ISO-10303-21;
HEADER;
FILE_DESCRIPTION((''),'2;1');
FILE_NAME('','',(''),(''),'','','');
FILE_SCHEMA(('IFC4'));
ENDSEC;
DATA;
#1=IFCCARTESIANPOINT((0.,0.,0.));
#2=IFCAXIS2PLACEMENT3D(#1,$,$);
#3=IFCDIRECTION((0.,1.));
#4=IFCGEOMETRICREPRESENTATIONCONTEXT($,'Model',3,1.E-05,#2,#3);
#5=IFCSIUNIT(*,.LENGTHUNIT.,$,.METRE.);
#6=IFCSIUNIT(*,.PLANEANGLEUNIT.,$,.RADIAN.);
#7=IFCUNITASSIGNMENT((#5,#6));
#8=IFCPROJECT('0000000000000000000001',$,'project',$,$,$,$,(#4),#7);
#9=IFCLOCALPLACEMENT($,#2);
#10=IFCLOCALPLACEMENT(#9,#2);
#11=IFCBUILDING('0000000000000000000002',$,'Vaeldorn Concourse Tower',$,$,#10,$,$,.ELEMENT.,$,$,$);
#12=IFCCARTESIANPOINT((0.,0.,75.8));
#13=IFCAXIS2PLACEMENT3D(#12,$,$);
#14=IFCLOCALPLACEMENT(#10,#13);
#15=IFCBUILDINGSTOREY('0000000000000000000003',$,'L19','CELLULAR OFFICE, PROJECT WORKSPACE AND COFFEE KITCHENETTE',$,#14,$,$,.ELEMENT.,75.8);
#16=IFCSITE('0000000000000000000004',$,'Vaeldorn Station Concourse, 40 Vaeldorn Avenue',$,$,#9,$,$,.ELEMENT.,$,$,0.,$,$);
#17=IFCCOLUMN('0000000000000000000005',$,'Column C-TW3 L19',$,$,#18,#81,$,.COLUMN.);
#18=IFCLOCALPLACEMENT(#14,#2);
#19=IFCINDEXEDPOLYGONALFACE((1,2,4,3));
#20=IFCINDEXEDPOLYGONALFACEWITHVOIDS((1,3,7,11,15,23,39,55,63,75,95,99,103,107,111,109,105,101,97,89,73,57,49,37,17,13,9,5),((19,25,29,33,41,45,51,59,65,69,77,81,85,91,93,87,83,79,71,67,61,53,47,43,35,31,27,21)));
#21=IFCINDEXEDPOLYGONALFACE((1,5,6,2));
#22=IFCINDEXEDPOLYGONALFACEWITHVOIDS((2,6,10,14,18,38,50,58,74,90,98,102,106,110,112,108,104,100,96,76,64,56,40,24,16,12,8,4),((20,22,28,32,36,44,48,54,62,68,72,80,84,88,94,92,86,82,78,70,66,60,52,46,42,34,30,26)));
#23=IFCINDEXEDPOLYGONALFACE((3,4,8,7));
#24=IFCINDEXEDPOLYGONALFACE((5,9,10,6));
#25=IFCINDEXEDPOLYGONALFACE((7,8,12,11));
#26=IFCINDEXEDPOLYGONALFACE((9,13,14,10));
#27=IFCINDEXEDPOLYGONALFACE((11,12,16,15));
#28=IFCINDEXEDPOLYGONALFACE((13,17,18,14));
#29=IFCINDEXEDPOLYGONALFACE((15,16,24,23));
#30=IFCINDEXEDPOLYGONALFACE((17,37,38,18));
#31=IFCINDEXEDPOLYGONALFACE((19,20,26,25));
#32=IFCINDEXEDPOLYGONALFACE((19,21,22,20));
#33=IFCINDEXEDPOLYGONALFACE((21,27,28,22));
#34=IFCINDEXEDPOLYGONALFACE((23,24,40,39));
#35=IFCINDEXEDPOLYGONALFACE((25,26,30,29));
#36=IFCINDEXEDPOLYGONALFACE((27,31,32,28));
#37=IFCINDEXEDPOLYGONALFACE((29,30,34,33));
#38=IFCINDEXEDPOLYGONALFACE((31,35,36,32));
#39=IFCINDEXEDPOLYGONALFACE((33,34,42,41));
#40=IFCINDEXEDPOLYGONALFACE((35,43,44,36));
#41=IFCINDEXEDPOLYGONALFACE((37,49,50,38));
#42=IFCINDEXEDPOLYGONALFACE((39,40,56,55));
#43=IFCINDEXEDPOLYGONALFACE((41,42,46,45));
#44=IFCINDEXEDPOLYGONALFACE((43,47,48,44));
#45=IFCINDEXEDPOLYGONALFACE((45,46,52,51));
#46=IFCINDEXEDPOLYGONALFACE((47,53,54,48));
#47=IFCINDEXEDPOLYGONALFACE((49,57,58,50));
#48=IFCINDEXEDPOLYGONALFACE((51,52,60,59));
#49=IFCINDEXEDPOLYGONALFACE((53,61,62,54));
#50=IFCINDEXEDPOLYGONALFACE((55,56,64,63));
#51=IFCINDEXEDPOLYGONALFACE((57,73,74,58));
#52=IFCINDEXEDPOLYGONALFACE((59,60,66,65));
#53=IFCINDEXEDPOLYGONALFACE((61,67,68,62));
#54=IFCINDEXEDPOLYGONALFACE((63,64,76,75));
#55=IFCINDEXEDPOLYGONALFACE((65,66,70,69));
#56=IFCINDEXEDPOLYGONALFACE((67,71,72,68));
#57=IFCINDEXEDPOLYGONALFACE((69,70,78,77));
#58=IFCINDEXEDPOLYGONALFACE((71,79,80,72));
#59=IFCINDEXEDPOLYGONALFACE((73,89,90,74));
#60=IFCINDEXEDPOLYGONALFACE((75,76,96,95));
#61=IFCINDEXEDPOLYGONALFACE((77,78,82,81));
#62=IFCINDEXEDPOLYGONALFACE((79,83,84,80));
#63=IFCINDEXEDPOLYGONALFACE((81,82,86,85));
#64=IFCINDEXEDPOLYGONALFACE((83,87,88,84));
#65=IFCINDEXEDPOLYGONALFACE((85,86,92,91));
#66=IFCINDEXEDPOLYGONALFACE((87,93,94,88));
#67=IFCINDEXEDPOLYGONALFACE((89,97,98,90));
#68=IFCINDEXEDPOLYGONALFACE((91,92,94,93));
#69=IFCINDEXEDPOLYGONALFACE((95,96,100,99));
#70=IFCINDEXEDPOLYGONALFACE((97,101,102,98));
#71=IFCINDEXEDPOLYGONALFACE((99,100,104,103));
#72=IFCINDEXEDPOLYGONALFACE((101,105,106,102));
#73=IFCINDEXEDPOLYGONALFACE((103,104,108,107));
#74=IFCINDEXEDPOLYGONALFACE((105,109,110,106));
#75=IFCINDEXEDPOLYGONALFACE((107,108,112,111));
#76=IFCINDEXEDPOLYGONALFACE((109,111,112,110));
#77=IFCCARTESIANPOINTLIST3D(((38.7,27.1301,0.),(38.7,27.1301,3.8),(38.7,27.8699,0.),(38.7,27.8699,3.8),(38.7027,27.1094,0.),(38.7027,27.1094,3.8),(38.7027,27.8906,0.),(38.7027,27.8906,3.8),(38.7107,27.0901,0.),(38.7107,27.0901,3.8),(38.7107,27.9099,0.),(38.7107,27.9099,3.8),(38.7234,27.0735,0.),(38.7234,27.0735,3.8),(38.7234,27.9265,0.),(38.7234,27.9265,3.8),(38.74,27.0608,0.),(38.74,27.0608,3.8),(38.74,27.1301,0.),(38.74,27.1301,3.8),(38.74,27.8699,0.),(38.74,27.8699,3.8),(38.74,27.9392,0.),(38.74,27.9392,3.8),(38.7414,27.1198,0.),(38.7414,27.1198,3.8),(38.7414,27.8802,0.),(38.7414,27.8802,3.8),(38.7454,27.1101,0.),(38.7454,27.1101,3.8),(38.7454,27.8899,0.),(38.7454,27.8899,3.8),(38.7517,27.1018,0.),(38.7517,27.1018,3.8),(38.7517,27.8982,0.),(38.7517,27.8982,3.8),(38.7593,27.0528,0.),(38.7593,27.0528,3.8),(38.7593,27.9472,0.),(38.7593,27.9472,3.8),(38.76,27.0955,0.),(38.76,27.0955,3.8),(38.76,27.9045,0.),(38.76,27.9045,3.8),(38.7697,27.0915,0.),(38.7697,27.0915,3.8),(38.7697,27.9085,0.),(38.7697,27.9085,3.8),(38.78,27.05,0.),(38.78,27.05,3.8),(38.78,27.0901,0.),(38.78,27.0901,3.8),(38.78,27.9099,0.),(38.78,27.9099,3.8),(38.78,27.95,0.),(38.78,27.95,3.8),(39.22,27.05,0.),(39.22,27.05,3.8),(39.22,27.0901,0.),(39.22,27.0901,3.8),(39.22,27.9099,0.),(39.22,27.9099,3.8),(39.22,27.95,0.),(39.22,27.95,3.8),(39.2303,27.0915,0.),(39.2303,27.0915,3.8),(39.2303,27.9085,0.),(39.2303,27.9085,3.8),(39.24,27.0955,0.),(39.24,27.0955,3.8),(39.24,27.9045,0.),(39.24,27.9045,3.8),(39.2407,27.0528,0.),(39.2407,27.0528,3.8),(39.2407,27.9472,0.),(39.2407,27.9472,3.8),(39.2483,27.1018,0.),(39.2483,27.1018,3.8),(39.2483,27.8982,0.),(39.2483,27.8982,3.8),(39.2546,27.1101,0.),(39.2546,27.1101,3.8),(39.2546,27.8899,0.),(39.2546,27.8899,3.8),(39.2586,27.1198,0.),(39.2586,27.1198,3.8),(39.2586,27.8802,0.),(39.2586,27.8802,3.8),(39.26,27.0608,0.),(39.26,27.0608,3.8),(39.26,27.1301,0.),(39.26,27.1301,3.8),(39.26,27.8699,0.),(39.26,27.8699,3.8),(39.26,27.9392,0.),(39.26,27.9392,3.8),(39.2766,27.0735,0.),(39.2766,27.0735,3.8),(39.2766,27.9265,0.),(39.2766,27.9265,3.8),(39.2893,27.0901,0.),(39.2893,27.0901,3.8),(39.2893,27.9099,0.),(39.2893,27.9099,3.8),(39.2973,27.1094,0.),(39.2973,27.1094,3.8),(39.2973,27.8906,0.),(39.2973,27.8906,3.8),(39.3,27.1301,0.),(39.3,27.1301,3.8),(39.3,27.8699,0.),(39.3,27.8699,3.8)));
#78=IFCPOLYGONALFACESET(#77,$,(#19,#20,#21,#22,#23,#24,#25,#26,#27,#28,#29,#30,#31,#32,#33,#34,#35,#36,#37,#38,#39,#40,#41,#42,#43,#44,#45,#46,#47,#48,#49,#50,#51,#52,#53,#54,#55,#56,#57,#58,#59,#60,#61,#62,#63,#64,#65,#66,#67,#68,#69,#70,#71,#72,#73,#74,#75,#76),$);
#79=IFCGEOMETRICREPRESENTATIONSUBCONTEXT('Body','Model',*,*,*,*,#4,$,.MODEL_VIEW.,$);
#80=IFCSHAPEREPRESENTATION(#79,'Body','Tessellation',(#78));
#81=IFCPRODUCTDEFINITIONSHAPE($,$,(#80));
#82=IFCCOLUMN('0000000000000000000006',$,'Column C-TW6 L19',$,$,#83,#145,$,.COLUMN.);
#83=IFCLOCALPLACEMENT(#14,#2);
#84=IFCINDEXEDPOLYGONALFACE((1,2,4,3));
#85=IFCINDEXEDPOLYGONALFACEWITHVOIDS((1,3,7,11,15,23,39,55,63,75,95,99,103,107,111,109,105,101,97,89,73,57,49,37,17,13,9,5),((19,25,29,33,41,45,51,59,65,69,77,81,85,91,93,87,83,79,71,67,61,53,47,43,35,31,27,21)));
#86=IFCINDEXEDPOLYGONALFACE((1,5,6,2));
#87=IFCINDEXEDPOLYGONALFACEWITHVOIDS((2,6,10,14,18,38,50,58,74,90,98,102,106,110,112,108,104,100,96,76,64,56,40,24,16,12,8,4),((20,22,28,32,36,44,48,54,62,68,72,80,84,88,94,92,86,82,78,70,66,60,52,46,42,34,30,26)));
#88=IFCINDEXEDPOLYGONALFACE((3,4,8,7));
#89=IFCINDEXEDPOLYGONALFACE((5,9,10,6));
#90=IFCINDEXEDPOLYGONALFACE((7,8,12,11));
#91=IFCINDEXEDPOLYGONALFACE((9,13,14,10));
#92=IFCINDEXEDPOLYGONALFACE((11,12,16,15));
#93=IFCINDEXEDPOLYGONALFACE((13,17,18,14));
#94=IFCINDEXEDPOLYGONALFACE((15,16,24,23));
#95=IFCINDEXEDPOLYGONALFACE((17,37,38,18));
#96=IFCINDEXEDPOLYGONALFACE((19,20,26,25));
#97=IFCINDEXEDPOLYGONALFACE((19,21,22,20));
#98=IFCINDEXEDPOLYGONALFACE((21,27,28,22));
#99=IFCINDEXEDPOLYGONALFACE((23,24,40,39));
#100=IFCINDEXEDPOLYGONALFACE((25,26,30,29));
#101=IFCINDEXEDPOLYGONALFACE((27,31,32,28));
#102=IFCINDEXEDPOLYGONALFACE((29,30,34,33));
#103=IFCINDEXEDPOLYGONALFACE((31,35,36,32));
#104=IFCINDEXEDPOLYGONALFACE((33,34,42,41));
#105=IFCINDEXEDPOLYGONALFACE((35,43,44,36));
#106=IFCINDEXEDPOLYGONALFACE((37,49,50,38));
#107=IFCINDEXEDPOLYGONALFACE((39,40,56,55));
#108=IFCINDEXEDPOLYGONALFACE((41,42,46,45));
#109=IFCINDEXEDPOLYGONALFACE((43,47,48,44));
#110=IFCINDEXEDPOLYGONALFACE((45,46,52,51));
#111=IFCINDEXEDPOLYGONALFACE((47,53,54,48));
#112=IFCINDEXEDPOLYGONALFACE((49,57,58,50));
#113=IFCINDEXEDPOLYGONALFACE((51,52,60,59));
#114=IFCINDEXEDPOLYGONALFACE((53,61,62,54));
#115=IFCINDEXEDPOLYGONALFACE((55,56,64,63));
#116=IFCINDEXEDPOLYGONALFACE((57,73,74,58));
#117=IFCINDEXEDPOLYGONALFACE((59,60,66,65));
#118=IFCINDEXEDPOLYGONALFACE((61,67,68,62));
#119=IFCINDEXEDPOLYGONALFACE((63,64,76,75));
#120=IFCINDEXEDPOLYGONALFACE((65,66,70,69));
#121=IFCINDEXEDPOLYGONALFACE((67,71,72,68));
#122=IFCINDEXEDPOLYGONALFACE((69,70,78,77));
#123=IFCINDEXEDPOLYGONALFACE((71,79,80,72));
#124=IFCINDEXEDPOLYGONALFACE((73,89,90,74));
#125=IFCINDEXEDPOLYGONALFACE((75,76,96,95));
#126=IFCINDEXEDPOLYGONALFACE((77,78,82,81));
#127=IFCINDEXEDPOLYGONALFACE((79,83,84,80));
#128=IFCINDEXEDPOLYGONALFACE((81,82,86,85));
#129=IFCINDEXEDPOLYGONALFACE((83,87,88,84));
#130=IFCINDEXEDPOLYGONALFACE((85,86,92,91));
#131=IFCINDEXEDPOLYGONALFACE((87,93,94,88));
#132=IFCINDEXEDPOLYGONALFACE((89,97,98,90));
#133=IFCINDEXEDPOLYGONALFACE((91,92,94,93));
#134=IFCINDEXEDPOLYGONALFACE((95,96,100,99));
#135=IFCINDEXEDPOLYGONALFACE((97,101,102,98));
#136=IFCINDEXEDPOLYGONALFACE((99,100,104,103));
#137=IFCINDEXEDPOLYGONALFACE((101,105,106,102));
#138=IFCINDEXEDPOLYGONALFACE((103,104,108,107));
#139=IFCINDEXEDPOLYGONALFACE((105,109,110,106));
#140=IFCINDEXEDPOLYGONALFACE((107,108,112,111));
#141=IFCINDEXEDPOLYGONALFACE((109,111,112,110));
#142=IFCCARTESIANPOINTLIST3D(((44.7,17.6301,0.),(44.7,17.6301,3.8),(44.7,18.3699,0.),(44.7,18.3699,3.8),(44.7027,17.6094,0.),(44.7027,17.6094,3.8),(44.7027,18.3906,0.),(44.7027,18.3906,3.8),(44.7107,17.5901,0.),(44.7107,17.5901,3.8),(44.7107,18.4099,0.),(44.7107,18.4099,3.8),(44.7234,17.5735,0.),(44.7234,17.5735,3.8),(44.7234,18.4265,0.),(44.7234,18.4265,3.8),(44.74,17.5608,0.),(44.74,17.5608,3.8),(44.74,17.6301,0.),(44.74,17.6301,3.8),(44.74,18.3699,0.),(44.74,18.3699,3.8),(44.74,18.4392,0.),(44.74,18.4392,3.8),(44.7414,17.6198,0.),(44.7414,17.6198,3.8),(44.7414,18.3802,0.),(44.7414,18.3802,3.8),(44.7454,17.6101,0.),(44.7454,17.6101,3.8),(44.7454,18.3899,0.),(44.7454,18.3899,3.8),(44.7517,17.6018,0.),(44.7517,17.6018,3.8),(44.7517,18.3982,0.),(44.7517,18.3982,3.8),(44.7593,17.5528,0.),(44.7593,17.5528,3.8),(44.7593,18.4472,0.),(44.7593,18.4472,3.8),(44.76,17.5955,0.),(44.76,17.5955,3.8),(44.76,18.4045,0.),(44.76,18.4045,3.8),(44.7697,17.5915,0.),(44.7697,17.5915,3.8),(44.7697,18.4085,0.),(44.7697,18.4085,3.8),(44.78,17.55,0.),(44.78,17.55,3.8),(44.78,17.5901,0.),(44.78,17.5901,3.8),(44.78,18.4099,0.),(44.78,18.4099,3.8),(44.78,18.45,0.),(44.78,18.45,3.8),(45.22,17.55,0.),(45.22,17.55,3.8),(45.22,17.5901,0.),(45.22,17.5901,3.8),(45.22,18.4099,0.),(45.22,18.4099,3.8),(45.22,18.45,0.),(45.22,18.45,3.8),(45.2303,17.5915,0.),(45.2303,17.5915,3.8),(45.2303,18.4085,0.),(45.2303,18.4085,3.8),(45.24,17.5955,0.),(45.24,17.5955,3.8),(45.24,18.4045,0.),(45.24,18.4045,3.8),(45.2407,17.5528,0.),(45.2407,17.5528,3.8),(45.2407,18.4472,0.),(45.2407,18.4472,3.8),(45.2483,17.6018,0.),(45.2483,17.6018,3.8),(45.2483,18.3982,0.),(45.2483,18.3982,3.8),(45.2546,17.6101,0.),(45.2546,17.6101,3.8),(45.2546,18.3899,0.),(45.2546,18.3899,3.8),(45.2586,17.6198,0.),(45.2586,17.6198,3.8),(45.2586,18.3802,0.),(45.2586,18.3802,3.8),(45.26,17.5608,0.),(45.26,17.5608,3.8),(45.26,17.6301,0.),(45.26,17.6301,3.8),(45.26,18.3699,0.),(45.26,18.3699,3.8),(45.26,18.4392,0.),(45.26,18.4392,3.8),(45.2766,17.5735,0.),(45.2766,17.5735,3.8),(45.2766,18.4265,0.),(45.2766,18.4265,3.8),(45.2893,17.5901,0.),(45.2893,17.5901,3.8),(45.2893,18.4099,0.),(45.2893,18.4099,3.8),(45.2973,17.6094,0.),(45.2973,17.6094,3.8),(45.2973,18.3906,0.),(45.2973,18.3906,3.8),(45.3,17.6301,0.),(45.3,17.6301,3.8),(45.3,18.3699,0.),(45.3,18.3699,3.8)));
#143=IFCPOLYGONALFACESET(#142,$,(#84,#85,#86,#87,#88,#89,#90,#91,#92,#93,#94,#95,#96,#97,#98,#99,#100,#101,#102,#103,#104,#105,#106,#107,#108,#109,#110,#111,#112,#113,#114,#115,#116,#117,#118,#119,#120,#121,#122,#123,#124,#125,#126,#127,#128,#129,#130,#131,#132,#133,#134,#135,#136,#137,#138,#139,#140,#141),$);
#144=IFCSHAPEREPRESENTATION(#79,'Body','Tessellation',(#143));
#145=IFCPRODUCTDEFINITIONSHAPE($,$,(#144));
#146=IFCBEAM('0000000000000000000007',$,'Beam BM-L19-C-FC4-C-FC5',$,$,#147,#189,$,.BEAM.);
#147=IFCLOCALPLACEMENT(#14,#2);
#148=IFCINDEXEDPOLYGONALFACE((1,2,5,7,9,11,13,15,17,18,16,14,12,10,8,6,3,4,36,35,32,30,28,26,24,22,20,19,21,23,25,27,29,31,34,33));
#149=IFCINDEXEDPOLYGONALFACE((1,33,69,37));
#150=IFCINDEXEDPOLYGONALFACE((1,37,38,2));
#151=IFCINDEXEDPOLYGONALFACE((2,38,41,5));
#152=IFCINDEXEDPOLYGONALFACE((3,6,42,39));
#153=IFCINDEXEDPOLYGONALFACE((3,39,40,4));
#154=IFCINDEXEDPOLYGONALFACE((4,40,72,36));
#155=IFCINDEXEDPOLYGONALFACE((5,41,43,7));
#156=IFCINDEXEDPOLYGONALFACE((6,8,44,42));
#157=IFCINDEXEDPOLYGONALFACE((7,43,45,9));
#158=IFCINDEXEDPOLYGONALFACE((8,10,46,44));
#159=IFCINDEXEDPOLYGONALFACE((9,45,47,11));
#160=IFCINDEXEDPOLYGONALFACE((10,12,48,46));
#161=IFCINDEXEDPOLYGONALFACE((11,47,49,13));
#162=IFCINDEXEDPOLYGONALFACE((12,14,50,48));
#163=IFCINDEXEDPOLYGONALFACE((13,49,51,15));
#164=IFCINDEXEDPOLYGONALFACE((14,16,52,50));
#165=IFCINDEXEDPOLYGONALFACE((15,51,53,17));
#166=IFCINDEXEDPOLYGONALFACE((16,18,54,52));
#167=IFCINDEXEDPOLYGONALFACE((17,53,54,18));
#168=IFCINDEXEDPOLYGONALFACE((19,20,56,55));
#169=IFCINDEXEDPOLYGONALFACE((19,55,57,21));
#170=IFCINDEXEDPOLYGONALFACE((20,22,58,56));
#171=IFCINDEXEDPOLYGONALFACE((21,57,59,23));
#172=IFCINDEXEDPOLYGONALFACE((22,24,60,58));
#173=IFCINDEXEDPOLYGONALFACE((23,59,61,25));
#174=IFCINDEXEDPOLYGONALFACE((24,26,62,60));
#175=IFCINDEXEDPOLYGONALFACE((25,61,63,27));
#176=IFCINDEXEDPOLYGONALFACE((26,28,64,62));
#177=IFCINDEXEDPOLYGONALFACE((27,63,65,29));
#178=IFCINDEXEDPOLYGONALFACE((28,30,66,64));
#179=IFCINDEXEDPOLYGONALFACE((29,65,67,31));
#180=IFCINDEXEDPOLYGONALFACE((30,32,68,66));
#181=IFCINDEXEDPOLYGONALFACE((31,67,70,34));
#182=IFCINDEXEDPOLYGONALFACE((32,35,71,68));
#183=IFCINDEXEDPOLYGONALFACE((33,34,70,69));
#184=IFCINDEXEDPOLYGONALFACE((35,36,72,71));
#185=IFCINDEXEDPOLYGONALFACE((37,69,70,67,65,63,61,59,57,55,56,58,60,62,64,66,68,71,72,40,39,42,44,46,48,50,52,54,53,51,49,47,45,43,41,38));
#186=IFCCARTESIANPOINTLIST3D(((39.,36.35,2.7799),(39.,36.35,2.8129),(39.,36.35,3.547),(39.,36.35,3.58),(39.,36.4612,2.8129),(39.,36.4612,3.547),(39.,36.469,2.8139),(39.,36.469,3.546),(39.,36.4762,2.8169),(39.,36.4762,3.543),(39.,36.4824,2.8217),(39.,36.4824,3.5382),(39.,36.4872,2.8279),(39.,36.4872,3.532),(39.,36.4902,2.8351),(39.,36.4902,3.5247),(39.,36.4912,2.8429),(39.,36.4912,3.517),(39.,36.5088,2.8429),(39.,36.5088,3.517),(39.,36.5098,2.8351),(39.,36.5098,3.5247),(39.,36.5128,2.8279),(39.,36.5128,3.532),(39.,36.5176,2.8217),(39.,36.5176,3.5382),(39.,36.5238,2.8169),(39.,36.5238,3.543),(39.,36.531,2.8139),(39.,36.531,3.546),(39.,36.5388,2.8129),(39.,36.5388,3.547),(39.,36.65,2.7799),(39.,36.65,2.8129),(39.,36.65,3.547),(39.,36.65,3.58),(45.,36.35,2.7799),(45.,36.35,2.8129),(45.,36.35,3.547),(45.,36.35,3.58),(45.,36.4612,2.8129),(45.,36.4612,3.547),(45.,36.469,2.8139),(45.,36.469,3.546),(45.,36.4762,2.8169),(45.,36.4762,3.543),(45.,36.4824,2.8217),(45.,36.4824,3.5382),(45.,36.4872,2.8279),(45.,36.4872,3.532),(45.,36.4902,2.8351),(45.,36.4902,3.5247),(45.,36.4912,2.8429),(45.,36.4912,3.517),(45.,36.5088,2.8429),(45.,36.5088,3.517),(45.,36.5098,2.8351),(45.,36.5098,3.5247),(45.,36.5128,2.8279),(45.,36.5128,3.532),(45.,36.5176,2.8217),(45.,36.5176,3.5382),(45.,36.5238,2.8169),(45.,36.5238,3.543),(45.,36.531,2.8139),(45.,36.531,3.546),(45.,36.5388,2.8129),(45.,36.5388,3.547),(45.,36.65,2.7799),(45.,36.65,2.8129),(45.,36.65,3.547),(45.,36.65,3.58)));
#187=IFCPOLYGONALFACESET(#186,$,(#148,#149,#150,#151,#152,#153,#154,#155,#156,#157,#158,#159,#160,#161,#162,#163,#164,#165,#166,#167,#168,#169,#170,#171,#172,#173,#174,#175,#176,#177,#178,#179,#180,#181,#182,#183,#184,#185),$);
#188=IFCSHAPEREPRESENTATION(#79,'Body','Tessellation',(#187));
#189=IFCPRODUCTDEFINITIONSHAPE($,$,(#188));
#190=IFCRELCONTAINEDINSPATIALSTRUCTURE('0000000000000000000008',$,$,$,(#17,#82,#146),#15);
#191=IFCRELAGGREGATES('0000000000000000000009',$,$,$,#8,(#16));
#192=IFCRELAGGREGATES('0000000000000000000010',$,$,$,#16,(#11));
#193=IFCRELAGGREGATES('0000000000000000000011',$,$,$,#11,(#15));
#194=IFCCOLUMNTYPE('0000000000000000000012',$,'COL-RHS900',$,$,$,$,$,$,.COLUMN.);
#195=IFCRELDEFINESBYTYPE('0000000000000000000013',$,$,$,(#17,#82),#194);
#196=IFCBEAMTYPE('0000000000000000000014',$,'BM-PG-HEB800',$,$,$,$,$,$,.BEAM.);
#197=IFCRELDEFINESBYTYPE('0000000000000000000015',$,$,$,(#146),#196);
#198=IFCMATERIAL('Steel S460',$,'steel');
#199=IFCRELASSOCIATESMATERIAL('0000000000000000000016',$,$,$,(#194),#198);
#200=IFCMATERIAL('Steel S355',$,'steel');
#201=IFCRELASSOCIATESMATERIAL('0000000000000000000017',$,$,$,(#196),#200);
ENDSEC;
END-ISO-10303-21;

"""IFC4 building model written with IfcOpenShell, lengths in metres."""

from ifc_helpers import new_model, si_unit, direction, frame, origin, origin_2d, place, context, subcontext, project, spatial, hollow_rectangle, i_section, extrude, source, transform, mapped, material, material_profile, profile_set, type_object, element, save


model = new_model("IFC4")

# Units and contexts
model_context = context("Model", 3, precision=1e-05, world=origin(), true_north=direction((0.0, 1.0)))
body_context = subcontext(model_context, "Body", "Model", "MODEL_VIEW")
ifc_project = project(units=[si_unit("LENGTHUNIT", "METRE"), si_unit("PLANEANGLEUNIT", "RADIAN")], contexts=[model_context])

# Site, building, storey
site_placement = place(None, origin())
site = spatial("IfcSite", under=ifc_project, at=site_placement, Name="Vaeldorn Station Concourse, 40 Vaeldorn Avenue", CompositionType="ELEMENT", RefElevation=0.0)
building_placement = place(site_placement, origin())
building = spatial("IfcBuilding", under=site, at=building_placement, Name="Vaeldorn Concourse Tower", CompositionType="ELEMENT")
storey_placement = place(building_placement, frame((0.0, 0.0, 75.8)))
storey = spatial("IfcBuildingStorey", under=building, at=storey_placement, Name="L19", Description="CELLULAR OFFICE, PROJECT WORKSPACE AND COFFEE KITCHENETTE", CompositionType="ELEMENT", Elevation=75.8)

# Columns
ifc_material_1 = material(Name="Steel S460", Category="steel")
ifc_material_profile_1 = material_profile(ifc_material_1, hollow_rectangle(XDim=0.6001, YDim=0.8999, WallThickness=0.04, InnerFilletRadius=0.04, OuterFilletRadius=0.0801, at=origin_2d()), Name="RHS 900x600x40")
ifc_profile_set_1 = profile_set([ifc_material_profile_1], Name="Steel S460")
column_type_1 = type_object("IfcColumnType", Name="COL-RHS900", PredefinedType="COLUMN", material=ifc_profile_set_1)
shared_shape_1 = source(origin(), body_context, "Body", "SweptSolid", [
    extrude(hollow_rectangle(XDim=0.6001, YDim=0.8999, WallThickness=0.04, InnerFilletRadius=0.04, OuterFilletRadius=0.0801, at=origin_2d()), origin(), (0.0, 0.0, 1.0), 3.8),
])
for number, where, z_axis, x_axis, name in (
    (1, (39.0, 27.5, 0.0), (0.0, 0.0, 1.0), (1.0, 0.0, 0.0), "Column C-TW3 L19"),
    (2, (45.0, 18.0, 0.0), (0.0, 0.0, 1.0), (1.0, 0.0, 0.0), "Column C-TW6 L19"),
):
    element("IfcColumn", number, at=place(storey_placement, frame(where, z_axis=z_axis, x_axis=x_axis)), inside=storey, type_object=column_type_1, Name=name, PredefinedType="COLUMN", context=body_context, shape_type="MappedRepresentation", body=[
        mapped(shared_shape_1, transform((0.0, 0.0, 0.0), scale=1.0)),
    ])

# Beam
ifc_material_2 = material(Name="Steel S355", Category="steel")
ifc_material_profile_2 = material_profile(ifc_material_2, i_section(OverallWidth=0.3, OverallDepth=0.8, WebThickness=0.0176, FlangeThickness=0.033, FilletRadius=0.03, at=origin_2d()), Name="HEB 800")
ifc_profile_set_2 = profile_set([ifc_material_profile_2], Name="Steel S355")
beam_type_1 = type_object("IfcBeamType", Name="BM-PG-HEB800", PredefinedType="BEAM", material=ifc_profile_set_2)
shared_shape_2 = source(origin(), body_context, "Body", "SweptSolid", [
    extrude(i_section(OverallWidth=0.3, OverallDepth=0.8, WebThickness=0.0176, FlangeThickness=0.033, FilletRadius=0.03, at=origin_2d()), origin(), (0.0, 0.0, 1.0), 6.0),
])
for number, where, z_axis, x_axis, name in (
    (3, (39.0, 36.5, 3.1799), (1.0, 0.0, 0.0), (0.0, 1.0, 0.0), "Beam BM-L19-C-FC4-C-FC5"),
):
    element("IfcBeam", number, at=place(storey_placement, frame(where, z_axis=z_axis, x_axis=x_axis)), inside=storey, type_object=beam_type_1, Name=name, PredefinedType="BEAM", context=body_context, shape_type="MappedRepresentation", body=[
        mapped(shared_shape_2, transform((0.0, 0.0, 0.0), scale=1.0)),
    ])

save(model, "model.ifc")
